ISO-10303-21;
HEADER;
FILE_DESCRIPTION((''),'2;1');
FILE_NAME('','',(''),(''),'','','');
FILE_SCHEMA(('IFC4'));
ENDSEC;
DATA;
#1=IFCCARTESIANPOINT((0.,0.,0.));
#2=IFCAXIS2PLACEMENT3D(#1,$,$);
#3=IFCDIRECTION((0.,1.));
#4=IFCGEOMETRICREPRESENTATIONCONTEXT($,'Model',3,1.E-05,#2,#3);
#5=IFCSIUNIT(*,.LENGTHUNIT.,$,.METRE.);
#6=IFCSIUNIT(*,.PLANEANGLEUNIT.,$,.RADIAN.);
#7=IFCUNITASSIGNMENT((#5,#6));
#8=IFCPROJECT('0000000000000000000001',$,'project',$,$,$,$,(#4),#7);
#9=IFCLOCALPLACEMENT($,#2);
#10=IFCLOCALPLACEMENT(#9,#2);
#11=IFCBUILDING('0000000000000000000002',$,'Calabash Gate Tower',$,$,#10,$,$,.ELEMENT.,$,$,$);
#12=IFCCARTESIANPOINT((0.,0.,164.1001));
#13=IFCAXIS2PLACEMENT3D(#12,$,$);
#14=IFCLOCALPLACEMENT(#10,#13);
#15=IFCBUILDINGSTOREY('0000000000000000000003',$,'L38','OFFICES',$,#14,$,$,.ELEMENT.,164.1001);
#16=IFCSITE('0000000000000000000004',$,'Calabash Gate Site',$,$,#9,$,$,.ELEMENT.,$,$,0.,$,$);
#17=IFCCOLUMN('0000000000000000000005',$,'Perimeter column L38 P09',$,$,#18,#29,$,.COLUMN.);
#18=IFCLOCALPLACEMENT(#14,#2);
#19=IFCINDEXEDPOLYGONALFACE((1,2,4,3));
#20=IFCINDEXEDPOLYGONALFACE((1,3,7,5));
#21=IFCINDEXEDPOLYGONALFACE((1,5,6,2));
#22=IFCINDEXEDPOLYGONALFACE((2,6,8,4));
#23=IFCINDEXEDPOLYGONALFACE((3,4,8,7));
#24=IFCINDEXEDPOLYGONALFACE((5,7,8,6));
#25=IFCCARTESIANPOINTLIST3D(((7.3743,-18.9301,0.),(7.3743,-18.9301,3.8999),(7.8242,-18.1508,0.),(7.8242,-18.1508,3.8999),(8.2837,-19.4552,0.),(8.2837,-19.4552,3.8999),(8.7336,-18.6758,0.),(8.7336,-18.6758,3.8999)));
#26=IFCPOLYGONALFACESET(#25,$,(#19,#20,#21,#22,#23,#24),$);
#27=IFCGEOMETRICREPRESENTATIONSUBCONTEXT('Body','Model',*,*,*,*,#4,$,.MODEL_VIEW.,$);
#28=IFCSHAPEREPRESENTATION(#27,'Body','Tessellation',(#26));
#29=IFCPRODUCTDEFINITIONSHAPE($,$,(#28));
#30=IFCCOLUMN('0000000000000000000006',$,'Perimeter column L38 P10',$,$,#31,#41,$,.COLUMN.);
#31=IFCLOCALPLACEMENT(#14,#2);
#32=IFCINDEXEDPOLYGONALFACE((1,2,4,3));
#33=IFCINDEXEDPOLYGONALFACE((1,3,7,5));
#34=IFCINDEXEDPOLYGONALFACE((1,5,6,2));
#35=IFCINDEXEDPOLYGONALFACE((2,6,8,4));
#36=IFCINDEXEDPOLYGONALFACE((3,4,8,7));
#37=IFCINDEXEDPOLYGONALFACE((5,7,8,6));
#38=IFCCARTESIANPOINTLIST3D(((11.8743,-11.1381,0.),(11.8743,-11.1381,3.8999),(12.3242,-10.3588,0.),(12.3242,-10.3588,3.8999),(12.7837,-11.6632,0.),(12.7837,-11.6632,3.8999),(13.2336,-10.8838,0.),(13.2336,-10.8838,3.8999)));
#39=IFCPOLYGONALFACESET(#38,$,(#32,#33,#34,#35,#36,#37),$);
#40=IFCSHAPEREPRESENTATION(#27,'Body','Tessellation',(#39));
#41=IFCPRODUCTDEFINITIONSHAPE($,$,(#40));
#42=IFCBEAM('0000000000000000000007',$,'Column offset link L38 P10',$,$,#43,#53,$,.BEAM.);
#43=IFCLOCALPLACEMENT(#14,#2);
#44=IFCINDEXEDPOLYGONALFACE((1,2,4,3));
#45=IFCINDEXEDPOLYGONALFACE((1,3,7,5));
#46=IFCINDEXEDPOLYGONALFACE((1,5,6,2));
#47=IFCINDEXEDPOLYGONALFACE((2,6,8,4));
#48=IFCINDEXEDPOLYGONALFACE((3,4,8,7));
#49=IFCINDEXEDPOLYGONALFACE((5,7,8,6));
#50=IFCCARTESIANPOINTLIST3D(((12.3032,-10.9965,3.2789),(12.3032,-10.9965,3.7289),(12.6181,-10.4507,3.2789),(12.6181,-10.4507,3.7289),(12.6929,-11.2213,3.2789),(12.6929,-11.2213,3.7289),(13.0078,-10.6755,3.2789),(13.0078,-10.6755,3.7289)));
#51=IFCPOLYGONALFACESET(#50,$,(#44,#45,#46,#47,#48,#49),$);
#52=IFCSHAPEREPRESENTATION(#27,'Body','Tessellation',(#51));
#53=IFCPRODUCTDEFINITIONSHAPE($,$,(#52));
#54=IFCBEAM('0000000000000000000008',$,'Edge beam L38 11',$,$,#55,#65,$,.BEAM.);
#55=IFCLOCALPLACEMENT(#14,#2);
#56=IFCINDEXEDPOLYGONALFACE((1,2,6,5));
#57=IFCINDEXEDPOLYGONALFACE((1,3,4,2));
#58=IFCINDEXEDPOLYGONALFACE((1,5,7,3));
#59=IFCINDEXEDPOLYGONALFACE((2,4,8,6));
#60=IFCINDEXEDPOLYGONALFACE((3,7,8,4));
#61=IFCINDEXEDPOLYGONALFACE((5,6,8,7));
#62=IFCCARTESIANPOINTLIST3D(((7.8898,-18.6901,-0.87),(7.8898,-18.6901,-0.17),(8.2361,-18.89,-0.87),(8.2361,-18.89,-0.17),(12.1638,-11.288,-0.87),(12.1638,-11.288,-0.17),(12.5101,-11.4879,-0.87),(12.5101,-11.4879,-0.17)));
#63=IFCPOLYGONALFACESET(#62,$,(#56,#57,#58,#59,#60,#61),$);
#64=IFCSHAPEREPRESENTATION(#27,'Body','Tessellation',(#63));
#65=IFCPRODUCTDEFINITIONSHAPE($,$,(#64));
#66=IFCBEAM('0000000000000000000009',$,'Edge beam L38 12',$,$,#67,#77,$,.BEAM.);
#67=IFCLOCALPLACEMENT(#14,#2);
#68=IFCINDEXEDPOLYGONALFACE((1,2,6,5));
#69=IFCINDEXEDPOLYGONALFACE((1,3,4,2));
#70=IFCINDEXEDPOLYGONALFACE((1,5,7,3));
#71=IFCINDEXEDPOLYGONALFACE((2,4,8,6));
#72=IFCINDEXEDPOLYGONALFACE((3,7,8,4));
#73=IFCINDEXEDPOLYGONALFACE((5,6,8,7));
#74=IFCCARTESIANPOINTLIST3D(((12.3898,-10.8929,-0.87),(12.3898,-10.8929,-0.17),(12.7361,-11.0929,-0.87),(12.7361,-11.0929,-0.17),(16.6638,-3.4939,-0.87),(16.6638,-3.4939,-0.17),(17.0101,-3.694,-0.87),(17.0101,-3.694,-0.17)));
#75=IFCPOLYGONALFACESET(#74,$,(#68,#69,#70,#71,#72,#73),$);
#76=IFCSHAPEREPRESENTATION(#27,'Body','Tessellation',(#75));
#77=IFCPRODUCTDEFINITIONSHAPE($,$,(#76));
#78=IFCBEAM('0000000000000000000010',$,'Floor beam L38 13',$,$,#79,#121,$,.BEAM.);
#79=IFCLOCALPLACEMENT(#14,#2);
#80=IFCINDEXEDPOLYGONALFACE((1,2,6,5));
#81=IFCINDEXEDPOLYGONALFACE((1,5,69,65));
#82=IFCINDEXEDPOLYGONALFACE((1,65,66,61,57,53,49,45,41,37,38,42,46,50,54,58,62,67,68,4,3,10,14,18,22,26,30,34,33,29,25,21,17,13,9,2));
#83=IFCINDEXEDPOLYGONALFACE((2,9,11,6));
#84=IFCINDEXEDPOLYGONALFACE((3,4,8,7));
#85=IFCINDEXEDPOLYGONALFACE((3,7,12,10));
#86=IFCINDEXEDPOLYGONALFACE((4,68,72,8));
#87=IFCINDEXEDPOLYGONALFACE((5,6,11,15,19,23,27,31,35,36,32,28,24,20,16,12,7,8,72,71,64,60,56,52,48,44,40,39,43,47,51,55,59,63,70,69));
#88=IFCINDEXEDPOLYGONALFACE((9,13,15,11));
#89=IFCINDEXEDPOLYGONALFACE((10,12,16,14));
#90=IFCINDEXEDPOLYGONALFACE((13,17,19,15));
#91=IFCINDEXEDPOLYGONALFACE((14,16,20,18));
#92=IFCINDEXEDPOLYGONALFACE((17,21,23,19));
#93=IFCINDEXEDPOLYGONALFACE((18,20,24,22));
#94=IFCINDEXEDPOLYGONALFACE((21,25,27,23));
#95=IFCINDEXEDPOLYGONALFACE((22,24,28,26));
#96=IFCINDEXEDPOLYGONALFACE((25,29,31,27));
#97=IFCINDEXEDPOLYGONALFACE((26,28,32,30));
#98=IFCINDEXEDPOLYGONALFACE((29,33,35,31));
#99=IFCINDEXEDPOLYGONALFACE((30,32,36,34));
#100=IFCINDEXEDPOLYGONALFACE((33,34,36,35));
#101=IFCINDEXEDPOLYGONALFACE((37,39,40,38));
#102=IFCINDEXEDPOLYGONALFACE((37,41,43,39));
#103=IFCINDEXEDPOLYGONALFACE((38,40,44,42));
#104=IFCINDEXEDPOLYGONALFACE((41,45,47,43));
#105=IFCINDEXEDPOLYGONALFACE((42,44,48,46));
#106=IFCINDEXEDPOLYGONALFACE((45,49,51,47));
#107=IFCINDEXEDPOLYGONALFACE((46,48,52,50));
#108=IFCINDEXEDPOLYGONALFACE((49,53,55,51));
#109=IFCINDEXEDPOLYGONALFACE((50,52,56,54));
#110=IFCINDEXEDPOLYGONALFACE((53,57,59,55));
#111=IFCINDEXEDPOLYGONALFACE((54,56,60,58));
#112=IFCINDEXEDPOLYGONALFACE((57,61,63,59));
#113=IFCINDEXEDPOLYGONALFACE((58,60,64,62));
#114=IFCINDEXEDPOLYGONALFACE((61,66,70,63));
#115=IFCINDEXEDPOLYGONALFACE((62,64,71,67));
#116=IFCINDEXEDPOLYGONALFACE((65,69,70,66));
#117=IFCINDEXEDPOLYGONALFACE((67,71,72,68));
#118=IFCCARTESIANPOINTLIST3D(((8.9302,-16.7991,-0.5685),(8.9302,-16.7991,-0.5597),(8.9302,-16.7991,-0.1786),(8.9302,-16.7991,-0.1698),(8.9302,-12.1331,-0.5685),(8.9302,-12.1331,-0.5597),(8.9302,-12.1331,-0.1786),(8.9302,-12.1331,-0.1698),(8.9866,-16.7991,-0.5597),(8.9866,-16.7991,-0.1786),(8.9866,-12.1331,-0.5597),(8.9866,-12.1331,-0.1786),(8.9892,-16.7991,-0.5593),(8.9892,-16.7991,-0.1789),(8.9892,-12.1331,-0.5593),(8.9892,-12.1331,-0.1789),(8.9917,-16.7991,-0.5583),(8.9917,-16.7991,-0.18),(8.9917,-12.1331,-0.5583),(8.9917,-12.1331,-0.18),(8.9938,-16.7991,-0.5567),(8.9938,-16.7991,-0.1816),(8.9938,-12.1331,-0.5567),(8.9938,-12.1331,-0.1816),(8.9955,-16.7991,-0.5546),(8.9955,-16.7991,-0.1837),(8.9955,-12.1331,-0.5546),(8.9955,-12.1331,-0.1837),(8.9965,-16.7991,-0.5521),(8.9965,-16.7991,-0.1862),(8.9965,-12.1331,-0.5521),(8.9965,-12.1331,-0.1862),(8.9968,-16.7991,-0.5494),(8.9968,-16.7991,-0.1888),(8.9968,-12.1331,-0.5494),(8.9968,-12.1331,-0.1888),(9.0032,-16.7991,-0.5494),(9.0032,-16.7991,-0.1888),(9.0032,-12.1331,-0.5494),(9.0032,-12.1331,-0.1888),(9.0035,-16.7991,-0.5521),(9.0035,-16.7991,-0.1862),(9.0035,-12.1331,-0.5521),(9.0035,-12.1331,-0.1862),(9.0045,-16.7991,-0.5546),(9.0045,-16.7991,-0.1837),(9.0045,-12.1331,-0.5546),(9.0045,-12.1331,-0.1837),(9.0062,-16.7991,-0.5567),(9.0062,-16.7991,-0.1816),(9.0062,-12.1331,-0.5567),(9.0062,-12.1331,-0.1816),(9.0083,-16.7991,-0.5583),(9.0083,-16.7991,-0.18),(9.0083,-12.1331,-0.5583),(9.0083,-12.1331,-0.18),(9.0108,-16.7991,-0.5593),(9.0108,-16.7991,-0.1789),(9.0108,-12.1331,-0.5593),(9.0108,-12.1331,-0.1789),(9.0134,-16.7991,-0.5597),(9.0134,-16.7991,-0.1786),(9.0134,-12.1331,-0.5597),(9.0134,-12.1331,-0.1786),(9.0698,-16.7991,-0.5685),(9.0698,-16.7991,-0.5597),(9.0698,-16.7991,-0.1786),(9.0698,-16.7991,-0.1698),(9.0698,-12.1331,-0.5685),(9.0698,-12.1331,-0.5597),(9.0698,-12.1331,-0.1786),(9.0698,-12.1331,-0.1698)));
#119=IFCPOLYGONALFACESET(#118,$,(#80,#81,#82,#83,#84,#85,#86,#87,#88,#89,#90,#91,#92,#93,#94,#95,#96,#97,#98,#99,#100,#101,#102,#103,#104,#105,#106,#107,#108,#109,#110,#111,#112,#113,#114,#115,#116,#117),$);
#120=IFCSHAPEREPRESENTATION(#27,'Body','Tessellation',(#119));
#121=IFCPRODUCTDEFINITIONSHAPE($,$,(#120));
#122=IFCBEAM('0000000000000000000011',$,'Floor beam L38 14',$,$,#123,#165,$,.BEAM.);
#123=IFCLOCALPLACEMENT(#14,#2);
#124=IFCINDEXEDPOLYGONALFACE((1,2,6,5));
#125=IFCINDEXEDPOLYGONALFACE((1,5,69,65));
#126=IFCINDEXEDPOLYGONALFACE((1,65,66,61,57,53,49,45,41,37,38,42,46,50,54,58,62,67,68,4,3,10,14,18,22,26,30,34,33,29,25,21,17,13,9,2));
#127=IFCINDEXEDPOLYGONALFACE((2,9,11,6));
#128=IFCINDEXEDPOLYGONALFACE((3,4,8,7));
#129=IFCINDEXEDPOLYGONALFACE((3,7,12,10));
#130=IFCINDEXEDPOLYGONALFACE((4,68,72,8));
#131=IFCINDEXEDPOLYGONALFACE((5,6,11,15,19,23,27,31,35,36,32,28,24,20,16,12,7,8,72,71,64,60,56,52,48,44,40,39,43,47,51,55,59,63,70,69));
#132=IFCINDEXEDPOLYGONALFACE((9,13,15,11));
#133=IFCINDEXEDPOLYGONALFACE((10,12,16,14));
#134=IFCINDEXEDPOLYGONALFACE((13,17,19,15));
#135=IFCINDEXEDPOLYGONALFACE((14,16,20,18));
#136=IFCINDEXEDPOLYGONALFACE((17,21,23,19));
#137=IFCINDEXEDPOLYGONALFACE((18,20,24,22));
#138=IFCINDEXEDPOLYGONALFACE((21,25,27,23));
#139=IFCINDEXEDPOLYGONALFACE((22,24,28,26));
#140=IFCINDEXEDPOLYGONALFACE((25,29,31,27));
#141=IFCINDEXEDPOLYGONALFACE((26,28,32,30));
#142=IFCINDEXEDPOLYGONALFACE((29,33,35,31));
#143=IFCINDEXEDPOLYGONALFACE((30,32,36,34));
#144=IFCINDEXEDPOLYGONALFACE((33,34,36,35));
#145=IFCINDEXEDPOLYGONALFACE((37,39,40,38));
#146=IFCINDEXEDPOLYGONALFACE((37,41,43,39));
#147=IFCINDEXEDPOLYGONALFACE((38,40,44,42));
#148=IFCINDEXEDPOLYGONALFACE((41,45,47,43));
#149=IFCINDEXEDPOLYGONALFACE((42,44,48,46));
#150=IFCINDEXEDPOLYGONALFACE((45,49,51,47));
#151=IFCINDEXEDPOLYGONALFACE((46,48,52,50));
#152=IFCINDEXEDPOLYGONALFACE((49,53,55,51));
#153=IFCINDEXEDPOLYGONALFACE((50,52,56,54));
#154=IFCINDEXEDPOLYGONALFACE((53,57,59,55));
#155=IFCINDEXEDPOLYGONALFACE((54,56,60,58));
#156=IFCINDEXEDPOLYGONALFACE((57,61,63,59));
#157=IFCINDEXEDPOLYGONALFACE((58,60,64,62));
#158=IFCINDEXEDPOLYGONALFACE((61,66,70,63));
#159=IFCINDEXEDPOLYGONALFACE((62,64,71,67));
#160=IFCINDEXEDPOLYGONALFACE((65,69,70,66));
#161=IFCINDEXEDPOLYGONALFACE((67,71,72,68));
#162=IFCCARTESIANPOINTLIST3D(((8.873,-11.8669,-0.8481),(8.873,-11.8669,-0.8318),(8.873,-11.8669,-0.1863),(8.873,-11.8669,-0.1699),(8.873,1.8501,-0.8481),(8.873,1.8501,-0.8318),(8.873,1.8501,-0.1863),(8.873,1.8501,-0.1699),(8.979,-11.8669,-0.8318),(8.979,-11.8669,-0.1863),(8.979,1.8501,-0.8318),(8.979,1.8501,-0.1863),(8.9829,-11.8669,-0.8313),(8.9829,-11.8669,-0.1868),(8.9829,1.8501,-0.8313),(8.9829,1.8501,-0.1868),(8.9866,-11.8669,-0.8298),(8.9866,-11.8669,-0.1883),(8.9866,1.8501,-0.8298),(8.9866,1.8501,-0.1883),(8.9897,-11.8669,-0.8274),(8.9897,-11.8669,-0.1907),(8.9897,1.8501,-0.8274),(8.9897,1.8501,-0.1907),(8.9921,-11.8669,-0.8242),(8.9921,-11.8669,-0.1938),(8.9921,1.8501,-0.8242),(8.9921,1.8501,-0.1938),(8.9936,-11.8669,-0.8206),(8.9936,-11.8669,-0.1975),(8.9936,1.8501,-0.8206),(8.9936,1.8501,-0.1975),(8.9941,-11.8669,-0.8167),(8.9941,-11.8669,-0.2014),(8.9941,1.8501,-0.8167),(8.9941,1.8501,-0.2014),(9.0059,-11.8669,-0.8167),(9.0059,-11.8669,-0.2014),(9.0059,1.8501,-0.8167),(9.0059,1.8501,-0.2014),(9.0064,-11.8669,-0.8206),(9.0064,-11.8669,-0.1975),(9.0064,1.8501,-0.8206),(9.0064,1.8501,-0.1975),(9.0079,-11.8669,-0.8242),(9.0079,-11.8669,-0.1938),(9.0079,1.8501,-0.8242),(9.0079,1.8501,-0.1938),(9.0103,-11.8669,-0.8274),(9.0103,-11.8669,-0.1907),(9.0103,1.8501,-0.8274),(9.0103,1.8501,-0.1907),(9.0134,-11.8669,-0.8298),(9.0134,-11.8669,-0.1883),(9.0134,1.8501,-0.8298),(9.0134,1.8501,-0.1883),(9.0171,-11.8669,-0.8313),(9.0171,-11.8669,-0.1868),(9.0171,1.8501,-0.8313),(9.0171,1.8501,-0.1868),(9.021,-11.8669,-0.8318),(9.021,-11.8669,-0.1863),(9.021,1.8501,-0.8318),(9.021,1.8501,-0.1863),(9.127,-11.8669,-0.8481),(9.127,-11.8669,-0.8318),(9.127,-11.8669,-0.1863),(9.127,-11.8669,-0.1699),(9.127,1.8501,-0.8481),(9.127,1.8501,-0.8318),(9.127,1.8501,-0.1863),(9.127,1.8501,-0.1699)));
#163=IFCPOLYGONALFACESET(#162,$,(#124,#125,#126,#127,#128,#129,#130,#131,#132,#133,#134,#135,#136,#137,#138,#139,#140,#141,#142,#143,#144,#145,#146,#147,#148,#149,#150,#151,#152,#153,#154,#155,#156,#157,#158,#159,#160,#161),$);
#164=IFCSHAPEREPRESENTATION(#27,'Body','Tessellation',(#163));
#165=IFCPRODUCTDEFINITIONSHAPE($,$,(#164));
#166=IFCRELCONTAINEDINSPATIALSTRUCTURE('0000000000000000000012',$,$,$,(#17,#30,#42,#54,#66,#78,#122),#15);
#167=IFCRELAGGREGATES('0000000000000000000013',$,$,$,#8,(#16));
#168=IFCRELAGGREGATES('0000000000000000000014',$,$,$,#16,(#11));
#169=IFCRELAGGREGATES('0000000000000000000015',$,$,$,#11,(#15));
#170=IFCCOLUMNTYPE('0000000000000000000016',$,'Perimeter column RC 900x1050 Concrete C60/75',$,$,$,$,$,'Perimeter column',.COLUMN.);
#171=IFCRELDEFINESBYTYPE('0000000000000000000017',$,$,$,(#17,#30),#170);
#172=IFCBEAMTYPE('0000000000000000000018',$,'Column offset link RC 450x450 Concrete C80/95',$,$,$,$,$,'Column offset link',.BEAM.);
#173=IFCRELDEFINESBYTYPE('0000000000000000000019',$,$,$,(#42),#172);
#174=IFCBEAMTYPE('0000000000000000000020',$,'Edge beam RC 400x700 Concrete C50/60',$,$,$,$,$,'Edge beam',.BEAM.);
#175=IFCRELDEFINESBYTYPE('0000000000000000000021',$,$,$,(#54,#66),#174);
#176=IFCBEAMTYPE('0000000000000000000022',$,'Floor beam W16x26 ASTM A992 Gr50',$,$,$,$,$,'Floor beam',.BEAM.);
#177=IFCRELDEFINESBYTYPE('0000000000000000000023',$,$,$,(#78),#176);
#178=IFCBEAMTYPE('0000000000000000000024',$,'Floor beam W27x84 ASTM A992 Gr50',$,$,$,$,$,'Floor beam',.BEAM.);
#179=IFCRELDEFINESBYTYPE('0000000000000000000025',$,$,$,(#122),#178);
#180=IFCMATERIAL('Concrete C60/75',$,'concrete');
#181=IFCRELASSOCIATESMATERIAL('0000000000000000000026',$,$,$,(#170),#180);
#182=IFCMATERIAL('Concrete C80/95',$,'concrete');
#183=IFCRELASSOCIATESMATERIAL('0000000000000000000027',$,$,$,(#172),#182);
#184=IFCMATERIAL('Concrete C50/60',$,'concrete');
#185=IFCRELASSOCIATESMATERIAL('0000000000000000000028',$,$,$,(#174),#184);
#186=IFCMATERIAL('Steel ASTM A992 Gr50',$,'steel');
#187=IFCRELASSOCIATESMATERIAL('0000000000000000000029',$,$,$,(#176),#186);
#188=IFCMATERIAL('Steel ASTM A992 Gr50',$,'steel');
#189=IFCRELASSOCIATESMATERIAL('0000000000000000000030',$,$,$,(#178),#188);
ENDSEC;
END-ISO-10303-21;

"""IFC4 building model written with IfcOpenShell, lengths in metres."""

from ifc_helpers import new_model, si_unit, direction, frame, origin, origin_2d, place, context, subcontext, project, spatial, rectangle, i_section, extrude, material, material_profile, profile_set, type_object, element, save


model = new_model("IFC4")

# Units and contexts
model_context = context("Model", 3, precision=1e-05, world=origin(), true_north=direction((0.0, 1.0)))
body_context = subcontext(model_context, "Body", "Model", "MODEL_VIEW")
ifc_project = project(units=[si_unit("LENGTHUNIT", "METRE"), si_unit("PLANEANGLEUNIT", "RADIAN")], contexts=[model_context])

# Site, building, storey
site_placement = place(None, origin())
site = spatial("IfcSite", under=ifc_project, at=site_placement, Name="Calabash Gate Site", CompositionType="ELEMENT", RefElevation=0.0)
building_placement = place(site_placement, origin())
building = spatial("IfcBuilding", under=site, at=building_placement, Name="Calabash Gate Tower", CompositionType="ELEMENT")
storey_placement = place(building_placement, frame((0.0, 0.0, 164.1001)))
storey = spatial("IfcBuildingStorey", under=building, at=storey_placement, Name="L38", Description="OFFICES", CompositionType="ELEMENT", Elevation=164.1001)

# Columns
ifc_material_1 = material(Name="Concrete C60/75", Category="concrete")
ifc_material_profile_1 = material_profile(ifc_material_1, rectangle(XDim=0.8999, YDim=1.05, at=origin_2d()))
ifc_profile_set_1 = profile_set([ifc_material_profile_1], Name="Concrete C60/75")
column_type = type_object("IfcColumnType", Name="Perimeter column RC 900x1050 Concrete C60/75", ElementType="Perimeter column", PredefinedType="COLUMN", material=ifc_profile_set_1)
for number, where, z_axis, x_axis, name in (
    (1, (8.054, -18.803, 0.0), (0.0, 0.0, 1.0), (0.5, 0.866025, 0.0), "Perimeter column L38 P09"),
    (2, (12.554, -11.011, 0.0), (0.0, 0.0, 1.0), (0.5, 0.866025, 0.0), "Perimeter column L38 P10"),
):
    element("IfcColumn", number, at=place(storey_placement, frame(where, z_axis=z_axis, x_axis=x_axis)), inside=storey, type_object=column_type, Name=name, PredefinedType="COLUMN", context=body_context, shape_type="SweptSolid", body=[
        extrude(rectangle(XDim=0.8999, YDim=1.05, at=origin_2d()), origin(), (0.0, 0.0, 1.0), 3.8999),
    ])

# Beams
ifc_material_2 = material(Name="Concrete C80/95", Category="concrete")
ifc_material_profile_2 = material_profile(ifc_material_2, rectangle(XDim=0.45, YDim=0.45, at=origin_2d()))
ifc_profile_set_2 = profile_set([ifc_material_profile_2], Name="Concrete C80/95")
beam_type_1 = type_object("IfcBeamType", Name="Column offset link RC 450x450 Concrete C80/95", ElementType="Column offset link", PredefinedType="BEAM", material=ifc_profile_set_2)
beam_1_placement = place(storey_placement, frame((12.498, -11.1089, 3.5039), z_axis=(0.499722, 0.866186, 0.0), x_axis=(-0.866186, 0.499722, 0.0)))
element("IfcBeam", 3, at=beam_1_placement, inside=storey, type_object=beam_type_1, Name="Column offset link L38 P10", PredefinedType="BEAM", context=body_context, shape_type="SweptSolid", body=[
    extrude(rectangle(XDim=0.45, YDim=0.45, at=origin_2d()), origin(), (0.0, 0.0, 1.0), 0.6301),
])
ifc_material_3 = material(Name="Concrete C50/60", Category="concrete")
ifc_material_profile_3 = material_profile(ifc_material_3, rectangle(XDim=0.3999, YDim=0.7, at=origin_2d()))
ifc_profile_set_3 = profile_set([ifc_material_profile_3], Name="Concrete C50/60")
beam_type_2 = type_object("IfcBeamType", Name="Edge beam RC 400x700 Concrete C50/60", ElementType="Edge beam", PredefinedType="BEAM", material=ifc_profile_set_3)
beam_2_placement = place(storey_placement, frame((8.063, -18.79, -0.52), z_axis=(0.500028, 0.866009, 0.0), x_axis=(-0.866009, 0.500028, 0.0)))
element("IfcBeam", 4, at=beam_2_placement, inside=storey, type_object=beam_type_2, Name="Edge beam L38 11", PredefinedType="BEAM", context=body_context, shape_type="SweptSolid", body=[
    extrude(rectangle(XDim=0.3999, YDim=0.7, at=origin_2d()), origin(), (0.0, 0.0, 1.0), 8.5474),
])
beam_3_placement = place(storey_placement, frame((12.563, -10.9929, -0.52), z_axis=(0.500189, 0.865916, 0.0), x_axis=(-0.865916, 0.500189, 0.0)))
element("IfcBeam", 5, at=beam_3_placement, inside=storey, type_object=beam_type_2, Name="Edge beam L38 12", PredefinedType="BEAM", context=body_context, shape_type="SweptSolid", body=[
    extrude(rectangle(XDim=0.3999, YDim=0.7, at=origin_2d()), origin(), (0.0, 0.0, 1.0), 8.5447),
])
ifc_material_4 = material(Name="Steel ASTM A992 Gr50", Category="steel")
ifc_material_profile_4 = material_profile(ifc_material_4, i_section(OverallWidth=0.1396, OverallDepth=0.3987, WebThickness=0.0063, FlangeThickness=0.0088, FilletRadius=0.0103, at=origin_2d()))
ifc_profile_set_4 = profile_set([ifc_material_profile_4], Name="Steel ASTM A992 Gr50")
beam_type_3 = type_object("IfcBeamType", Name="Floor beam W16x26 ASTM A992 Gr50", ElementType="Floor beam", PredefinedType="BEAM", material=ifc_profile_set_4)
beam_4_placement = place(storey_placement, frame((9.0, -16.7991, -0.3691), z_axis=(0.0, 1.0, 0.0), x_axis=(-1.0, 0.0, 0.0)))
element("IfcBeam", 6, at=beam_4_placement, inside=storey, type_object=beam_type_3, Name="Floor beam L38 13", PredefinedType="BEAM", context=body_context, shape_type="SweptSolid", body=[
    extrude(i_section(OverallWidth=0.1396, OverallDepth=0.3987, WebThickness=0.0063, FlangeThickness=0.0088, FilletRadius=0.0103, at=origin_2d()), origin(), (0.0, 0.0, 1.0), 4.666),
])
ifc_material_5 = material(Name="Steel ASTM A992 Gr50", Category="steel")
ifc_material_profile_5 = material_profile(ifc_material_5, i_section(OverallWidth=0.2539, OverallDepth=0.6782, WebThickness=0.0117, FlangeThickness=0.0164, FilletRadius=0.0151, at=origin_2d()))
ifc_profile_set_5 = profile_set([ifc_material_profile_5], Name="Steel ASTM A992 Gr50")
beam_type_4 = type_object("IfcBeamType", Name="Floor beam W27x84 ASTM A992 Gr50", ElementType="Floor beam", PredefinedType="BEAM", material=ifc_profile_set_5)
beam_5_placement = place(storey_placement, frame((9.0, -11.8669, -0.509), z_axis=(0.0, 1.0, 0.0), x_axis=(-1.0, 0.0, 0.0)))
element("IfcBeam", 7, at=beam_5_placement, inside=storey, type_object=beam_type_4, Name="Floor beam L38 14", PredefinedType="BEAM", context=body_context, shape_type="SweptSolid", body=[
    extrude(i_section(OverallWidth=0.2539, OverallDepth=0.6782, WebThickness=0.0117, FlangeThickness=0.0164, FilletRadius=0.0151, at=origin_2d()), origin(), (0.0, 0.0, 1.0), 13.717),
])

save(model, "model.ifc")
